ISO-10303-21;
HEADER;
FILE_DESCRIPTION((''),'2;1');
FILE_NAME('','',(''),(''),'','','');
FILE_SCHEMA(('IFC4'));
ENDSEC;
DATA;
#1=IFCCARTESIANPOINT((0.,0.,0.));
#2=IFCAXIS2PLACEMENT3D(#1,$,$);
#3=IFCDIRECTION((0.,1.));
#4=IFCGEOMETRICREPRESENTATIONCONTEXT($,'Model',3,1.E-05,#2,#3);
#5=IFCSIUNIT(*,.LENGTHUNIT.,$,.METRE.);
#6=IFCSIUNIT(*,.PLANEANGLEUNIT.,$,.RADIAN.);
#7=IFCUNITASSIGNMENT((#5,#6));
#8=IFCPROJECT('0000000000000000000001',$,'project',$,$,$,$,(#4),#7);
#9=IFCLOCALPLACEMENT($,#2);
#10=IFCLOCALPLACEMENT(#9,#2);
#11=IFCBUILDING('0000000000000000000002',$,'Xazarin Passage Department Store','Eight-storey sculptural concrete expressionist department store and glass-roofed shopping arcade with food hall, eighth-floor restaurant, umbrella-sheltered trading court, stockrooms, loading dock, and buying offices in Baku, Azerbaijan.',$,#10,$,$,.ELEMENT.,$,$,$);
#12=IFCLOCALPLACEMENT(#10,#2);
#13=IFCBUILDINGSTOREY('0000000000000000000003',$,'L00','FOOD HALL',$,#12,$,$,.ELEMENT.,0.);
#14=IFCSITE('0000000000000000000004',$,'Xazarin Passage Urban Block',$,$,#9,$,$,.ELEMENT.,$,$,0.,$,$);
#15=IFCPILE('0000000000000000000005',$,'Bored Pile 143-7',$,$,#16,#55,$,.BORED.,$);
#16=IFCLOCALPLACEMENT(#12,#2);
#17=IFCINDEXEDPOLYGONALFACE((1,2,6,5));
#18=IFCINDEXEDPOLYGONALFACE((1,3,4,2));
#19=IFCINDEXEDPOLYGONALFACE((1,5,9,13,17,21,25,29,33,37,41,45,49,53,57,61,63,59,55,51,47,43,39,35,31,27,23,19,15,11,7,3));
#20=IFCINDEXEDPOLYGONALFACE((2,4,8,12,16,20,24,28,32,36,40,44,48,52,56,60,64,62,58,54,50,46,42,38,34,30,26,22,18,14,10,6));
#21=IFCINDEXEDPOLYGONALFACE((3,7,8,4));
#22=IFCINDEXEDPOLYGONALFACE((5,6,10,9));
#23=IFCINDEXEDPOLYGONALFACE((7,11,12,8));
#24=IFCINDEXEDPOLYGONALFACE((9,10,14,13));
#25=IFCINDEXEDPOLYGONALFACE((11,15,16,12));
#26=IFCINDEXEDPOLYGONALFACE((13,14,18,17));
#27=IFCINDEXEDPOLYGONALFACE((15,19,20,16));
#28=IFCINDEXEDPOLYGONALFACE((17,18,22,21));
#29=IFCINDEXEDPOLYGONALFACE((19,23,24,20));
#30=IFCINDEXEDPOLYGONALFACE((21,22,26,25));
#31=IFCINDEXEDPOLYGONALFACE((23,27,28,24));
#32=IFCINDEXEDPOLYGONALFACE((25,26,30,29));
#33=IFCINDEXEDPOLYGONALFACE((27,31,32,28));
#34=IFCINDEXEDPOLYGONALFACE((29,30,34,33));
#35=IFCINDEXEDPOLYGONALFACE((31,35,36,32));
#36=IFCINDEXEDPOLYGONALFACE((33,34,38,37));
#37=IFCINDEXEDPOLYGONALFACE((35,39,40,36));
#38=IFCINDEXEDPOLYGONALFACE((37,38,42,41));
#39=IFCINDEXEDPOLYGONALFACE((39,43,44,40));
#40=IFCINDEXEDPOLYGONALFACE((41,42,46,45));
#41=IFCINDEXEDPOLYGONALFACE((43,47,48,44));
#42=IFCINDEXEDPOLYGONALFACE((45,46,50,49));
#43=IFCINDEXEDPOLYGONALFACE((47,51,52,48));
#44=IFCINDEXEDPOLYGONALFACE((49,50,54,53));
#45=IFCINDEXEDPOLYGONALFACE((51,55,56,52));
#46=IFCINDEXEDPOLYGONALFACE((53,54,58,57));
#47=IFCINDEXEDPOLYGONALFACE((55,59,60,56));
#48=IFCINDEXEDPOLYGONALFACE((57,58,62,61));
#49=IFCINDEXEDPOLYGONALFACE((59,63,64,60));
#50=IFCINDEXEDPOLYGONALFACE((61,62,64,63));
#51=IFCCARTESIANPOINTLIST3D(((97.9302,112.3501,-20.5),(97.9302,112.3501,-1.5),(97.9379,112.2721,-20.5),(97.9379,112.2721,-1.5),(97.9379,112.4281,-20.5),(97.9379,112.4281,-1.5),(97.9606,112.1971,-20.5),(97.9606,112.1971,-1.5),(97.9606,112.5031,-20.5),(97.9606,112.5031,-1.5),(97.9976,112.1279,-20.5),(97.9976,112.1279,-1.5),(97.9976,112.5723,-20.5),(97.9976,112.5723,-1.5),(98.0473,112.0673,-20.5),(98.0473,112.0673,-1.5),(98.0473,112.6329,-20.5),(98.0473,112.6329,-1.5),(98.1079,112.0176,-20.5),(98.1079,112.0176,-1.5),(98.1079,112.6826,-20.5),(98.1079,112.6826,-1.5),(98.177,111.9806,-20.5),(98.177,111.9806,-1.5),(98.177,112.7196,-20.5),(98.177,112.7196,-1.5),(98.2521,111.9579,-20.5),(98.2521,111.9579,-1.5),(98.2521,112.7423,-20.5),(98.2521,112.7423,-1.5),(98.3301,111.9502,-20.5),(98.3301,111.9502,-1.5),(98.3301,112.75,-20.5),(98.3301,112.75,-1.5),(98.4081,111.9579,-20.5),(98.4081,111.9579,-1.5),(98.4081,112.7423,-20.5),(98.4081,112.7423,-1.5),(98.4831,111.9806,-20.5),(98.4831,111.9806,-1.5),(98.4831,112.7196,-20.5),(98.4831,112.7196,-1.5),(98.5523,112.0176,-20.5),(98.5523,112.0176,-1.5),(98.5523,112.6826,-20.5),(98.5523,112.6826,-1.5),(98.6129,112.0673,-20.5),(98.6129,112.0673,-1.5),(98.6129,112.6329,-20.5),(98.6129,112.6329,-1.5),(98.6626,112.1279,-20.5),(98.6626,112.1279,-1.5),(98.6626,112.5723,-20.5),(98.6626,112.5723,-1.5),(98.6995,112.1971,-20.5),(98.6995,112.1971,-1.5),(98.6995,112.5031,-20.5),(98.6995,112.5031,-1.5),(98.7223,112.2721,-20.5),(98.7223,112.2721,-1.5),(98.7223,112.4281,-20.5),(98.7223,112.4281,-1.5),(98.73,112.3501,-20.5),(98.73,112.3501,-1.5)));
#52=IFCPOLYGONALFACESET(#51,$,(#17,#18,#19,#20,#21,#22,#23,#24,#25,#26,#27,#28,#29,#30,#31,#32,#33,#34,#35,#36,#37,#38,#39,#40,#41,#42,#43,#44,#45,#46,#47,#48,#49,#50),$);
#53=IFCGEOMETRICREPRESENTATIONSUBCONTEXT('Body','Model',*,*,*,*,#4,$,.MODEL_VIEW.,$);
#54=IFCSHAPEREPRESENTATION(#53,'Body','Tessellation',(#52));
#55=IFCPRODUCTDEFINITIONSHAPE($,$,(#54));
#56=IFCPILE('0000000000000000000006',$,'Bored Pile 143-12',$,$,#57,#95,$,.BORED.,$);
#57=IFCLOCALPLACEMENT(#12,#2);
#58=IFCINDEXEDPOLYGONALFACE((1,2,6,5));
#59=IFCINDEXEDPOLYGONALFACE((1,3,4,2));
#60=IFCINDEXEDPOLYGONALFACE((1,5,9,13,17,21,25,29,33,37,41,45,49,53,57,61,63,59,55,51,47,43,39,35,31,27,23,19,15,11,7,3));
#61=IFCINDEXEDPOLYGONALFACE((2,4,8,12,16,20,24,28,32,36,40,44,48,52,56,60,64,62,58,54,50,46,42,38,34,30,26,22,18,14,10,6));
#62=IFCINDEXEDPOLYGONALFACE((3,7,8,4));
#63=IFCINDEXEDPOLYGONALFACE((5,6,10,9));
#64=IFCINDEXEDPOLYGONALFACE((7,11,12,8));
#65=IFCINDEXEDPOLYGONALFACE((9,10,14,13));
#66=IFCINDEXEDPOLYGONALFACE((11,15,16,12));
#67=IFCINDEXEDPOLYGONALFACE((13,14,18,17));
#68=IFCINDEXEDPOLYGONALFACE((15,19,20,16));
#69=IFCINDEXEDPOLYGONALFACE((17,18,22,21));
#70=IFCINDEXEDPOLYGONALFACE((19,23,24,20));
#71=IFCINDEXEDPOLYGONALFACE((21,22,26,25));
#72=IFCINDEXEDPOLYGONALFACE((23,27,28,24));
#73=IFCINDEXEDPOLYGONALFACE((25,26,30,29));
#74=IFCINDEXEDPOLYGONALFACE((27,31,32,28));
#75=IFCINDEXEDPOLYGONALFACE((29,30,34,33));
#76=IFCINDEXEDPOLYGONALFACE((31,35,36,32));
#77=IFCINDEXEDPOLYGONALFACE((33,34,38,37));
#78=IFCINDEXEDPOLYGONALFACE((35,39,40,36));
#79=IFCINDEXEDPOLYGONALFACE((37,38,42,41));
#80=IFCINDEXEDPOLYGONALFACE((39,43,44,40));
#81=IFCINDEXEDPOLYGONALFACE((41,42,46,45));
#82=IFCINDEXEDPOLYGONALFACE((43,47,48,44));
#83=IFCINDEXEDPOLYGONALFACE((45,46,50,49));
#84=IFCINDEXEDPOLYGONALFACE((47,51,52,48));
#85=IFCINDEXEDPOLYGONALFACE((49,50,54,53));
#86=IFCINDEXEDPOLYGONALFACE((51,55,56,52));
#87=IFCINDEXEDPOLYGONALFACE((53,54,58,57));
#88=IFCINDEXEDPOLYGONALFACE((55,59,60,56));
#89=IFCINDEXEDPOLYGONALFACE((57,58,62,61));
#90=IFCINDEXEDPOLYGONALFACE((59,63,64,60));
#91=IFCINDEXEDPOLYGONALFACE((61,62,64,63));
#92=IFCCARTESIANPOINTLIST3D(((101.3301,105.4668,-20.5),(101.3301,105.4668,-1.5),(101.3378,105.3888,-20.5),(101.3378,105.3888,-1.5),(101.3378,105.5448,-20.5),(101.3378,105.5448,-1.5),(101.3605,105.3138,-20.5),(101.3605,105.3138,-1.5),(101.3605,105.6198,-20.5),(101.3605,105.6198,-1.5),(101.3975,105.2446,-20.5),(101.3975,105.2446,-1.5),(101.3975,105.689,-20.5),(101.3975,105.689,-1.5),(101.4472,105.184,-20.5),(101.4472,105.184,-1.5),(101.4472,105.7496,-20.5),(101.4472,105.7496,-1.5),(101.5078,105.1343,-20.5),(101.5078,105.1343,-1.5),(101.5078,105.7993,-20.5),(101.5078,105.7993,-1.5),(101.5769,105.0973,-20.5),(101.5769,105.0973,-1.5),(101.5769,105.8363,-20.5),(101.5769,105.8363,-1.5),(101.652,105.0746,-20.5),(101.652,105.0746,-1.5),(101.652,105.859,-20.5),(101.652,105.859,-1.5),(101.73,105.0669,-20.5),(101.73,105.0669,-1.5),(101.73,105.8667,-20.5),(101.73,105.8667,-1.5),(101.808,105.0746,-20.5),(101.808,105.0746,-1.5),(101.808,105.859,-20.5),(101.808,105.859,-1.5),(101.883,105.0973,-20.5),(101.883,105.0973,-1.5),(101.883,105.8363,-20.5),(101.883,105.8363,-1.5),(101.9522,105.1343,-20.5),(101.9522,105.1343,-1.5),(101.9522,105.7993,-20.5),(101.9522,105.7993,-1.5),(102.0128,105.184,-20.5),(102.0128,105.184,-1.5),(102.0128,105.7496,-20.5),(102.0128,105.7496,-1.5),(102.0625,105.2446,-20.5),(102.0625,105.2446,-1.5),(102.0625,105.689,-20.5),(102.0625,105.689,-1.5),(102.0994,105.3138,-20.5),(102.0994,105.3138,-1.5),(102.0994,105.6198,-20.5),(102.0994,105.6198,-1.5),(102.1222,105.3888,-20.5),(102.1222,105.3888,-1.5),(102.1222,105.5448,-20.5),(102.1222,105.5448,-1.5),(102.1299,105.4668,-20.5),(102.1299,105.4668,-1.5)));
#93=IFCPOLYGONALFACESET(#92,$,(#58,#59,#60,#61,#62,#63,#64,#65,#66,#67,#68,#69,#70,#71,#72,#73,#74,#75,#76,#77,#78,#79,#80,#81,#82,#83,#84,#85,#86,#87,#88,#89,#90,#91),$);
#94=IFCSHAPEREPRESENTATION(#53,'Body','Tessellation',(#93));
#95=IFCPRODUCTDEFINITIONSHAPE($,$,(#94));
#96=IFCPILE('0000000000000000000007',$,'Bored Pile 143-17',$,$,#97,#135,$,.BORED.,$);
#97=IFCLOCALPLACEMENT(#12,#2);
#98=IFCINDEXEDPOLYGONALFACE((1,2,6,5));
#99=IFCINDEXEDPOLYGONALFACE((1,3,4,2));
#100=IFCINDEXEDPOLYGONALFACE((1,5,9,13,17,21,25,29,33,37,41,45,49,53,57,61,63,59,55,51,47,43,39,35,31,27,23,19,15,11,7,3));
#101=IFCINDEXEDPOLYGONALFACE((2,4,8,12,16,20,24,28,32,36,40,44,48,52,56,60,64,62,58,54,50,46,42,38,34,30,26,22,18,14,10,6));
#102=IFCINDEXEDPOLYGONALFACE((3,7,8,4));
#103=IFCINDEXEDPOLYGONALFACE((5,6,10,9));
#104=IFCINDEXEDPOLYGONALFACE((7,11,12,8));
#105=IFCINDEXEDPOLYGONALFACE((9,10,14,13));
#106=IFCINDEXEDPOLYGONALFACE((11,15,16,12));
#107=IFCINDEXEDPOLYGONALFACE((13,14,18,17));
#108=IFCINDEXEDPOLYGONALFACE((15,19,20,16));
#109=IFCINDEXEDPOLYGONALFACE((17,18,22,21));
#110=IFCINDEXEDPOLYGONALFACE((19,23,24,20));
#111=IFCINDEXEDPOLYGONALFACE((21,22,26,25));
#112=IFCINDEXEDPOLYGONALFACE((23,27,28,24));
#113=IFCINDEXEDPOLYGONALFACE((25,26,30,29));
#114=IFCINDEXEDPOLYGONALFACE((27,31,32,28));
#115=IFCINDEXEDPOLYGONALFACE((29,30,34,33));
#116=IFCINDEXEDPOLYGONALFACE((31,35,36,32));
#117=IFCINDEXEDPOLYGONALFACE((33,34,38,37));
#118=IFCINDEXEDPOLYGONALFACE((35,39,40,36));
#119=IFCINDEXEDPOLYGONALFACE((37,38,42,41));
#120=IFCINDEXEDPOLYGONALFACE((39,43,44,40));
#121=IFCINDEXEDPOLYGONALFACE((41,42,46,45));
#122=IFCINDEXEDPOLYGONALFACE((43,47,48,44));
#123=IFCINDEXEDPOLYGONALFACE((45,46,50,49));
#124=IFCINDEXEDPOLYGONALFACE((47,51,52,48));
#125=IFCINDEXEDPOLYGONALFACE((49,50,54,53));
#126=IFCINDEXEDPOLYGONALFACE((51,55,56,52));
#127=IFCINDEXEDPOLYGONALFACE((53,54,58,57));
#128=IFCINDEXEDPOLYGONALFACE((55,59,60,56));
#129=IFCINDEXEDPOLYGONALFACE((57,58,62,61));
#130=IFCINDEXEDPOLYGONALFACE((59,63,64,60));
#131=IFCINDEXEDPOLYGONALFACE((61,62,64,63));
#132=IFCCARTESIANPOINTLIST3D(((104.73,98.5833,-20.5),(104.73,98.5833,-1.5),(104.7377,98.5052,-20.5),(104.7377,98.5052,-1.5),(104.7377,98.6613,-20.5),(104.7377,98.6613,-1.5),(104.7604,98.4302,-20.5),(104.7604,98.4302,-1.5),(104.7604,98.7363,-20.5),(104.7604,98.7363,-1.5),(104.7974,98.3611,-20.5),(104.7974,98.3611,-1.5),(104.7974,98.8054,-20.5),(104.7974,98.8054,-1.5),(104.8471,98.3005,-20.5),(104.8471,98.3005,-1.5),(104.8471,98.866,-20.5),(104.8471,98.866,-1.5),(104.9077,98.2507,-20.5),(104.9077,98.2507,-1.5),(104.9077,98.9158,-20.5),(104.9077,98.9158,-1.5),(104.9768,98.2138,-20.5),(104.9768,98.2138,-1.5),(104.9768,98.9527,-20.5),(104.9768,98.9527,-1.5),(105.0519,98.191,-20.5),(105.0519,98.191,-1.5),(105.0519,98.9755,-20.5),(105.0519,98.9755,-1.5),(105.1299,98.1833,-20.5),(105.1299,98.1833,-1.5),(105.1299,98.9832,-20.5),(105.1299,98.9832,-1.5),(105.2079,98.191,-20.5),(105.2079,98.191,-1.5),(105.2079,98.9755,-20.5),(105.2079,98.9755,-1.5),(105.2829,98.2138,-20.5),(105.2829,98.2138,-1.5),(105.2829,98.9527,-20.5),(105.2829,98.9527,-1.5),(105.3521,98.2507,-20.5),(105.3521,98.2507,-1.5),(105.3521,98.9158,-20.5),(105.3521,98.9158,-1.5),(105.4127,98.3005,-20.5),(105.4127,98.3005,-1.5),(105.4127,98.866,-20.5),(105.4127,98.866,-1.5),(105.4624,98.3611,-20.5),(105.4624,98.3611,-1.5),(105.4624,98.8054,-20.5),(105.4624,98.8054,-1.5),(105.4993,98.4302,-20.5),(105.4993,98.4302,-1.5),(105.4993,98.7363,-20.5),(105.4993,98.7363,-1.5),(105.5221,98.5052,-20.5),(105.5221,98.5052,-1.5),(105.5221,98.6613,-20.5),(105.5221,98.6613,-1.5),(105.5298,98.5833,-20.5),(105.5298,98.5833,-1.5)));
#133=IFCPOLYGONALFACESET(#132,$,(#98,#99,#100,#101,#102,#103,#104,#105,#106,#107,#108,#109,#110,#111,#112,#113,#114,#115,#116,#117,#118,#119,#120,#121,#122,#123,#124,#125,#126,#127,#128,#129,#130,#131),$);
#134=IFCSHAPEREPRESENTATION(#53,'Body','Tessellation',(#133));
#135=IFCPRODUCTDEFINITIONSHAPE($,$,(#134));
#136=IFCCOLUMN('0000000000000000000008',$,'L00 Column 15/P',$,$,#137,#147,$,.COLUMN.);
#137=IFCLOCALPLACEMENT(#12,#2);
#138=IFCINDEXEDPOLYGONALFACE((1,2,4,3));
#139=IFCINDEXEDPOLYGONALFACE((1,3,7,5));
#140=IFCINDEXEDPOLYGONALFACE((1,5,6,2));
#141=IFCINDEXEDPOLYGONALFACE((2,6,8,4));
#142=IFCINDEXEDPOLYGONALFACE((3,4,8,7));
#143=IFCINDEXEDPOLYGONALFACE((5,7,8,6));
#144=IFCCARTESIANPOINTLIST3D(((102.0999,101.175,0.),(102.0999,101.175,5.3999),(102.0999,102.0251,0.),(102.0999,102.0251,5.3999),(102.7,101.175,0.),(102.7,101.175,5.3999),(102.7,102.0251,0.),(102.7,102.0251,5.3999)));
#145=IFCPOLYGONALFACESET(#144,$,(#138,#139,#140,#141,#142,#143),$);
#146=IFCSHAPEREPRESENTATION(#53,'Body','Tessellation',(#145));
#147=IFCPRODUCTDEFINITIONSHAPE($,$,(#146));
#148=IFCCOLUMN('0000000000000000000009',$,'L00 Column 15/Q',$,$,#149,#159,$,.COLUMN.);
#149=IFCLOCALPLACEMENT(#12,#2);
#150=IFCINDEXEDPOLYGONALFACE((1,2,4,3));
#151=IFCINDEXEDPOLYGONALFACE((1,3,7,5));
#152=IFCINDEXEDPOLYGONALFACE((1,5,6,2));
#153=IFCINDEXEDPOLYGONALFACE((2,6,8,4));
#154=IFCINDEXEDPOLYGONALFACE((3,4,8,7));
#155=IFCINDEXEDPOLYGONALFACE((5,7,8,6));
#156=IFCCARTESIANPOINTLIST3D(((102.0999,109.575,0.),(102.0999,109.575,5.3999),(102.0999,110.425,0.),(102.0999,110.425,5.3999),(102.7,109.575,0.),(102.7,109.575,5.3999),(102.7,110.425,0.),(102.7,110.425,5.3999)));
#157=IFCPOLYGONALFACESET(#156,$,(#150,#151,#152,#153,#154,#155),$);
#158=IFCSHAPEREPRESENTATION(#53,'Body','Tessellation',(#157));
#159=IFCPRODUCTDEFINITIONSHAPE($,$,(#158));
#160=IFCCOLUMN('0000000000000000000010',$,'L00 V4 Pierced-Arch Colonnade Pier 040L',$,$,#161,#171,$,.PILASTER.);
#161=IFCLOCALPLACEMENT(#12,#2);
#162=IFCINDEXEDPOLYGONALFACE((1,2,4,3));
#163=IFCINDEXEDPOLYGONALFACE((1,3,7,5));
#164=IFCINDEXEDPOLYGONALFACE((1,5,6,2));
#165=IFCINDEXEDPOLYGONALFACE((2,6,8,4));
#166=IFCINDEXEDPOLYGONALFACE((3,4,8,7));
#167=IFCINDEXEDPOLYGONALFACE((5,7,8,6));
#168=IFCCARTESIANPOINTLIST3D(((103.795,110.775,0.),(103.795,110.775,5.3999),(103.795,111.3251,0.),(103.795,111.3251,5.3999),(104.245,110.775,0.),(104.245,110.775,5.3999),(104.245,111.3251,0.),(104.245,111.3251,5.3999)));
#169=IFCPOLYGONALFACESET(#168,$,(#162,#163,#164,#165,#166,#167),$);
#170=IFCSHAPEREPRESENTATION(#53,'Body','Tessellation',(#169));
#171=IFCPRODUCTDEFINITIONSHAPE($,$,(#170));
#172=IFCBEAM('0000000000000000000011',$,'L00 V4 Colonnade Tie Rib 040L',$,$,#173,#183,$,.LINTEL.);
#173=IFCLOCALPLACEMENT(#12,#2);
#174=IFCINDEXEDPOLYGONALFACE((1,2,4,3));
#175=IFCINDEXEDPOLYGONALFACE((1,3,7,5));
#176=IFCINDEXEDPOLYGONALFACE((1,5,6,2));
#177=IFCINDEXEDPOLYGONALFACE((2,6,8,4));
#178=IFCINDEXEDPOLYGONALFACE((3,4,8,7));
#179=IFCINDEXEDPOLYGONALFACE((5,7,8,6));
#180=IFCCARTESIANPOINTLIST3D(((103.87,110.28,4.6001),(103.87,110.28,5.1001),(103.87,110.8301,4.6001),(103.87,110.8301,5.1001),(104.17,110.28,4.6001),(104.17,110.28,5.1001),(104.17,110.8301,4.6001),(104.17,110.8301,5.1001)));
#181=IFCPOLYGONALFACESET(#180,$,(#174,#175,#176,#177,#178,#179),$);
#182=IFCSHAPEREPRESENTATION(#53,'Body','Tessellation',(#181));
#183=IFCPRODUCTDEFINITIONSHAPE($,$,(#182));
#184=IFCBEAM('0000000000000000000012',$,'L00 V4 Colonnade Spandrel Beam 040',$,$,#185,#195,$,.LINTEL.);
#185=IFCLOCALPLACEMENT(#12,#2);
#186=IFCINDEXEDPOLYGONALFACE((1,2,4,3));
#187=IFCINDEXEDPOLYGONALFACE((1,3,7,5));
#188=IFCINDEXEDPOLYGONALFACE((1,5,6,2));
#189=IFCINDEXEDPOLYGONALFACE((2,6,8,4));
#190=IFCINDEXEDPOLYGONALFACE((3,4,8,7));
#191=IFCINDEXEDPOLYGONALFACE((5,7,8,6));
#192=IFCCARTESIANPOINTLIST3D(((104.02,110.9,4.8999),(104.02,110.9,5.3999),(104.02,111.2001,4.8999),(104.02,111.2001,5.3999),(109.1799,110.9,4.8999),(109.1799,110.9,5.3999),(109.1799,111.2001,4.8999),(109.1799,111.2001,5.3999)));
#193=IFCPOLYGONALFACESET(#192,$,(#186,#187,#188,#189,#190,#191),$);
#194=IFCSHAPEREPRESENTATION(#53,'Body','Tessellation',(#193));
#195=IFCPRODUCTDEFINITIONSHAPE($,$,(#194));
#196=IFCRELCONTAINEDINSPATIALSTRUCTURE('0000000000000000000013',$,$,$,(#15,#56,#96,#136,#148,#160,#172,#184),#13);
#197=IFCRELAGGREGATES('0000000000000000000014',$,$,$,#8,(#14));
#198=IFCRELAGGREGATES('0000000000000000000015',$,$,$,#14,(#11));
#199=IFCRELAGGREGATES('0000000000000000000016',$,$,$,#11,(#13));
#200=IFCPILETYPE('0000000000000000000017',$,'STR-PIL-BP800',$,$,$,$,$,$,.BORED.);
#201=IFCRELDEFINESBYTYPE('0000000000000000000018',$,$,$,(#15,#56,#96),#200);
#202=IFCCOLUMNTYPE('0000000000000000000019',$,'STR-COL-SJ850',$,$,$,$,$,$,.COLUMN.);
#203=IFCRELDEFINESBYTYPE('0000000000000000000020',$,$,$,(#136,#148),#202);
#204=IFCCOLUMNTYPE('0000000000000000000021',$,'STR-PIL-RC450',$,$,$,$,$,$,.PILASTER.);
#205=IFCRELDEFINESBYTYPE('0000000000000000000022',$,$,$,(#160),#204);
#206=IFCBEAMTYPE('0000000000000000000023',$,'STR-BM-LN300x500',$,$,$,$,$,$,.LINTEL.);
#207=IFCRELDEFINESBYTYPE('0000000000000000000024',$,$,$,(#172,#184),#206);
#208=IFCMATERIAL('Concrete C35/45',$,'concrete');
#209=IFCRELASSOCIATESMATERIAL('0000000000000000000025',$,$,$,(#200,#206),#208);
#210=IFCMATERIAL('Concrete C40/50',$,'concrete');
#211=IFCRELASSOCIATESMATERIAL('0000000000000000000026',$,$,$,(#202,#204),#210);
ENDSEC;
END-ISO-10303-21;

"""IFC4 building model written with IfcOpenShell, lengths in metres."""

from ifc_helpers import new_model, si_unit, direction, frame, origin, origin_2d, place, context, subcontext, project, spatial, rectangle, circle, extrude, material, material_profile, profile_set, type_object, element, save


model = new_model("IFC4")

# Units and contexts
model_context = context("Model", 3, precision=1e-05, world=origin(), true_north=direction((0.0, 1.0)))
body_context = subcontext(model_context, "Body", "Model", "MODEL_VIEW")
ifc_project = project(units=[si_unit("LENGTHUNIT", "METRE"), si_unit("PLANEANGLEUNIT", "RADIAN")], contexts=[model_context])

# Site, building, storey
site_placement = place(None, origin())
site = spatial("IfcSite", under=ifc_project, at=site_placement, Name="Xazarin Passage Urban Block", CompositionType="ELEMENT", RefElevation=0.0)
building_placement = place(site_placement, origin())
building = spatial("IfcBuilding", under=site, at=building_placement, Name="Xazarin Passage Department Store", Description="Eight-storey sculptural concrete expressionist department store and glass-roofed shopping arcade with food hall, eighth-floor restaurant, umbrella-sheltered trading court, stockrooms, loading dock, and buying offices in Baku, Azerbaijan.", CompositionType="ELEMENT")
storey_placement = place(building_placement, origin())
storey = spatial("IfcBuildingStorey", under=building, at=storey_placement, Name="L00", Description="FOOD HALL", CompositionType="ELEMENT", Elevation=0.0)

# Piles
ifc_material_1 = material(Name="Concrete C35/45", Category="concrete")
ifc_material_profile_1 = material_profile(ifc_material_1, circle(Radius=0.3999, at=origin_2d()), Name="BP 800")
ifc_profile_set_1 = profile_set([ifc_material_profile_1], Name="Concrete C35/45")
pile_type_1 = type_object("IfcPileType", Name="STR-PIL-BP800", PredefinedType="BORED", material=ifc_profile_set_1)
for number, where, z_axis, x_axis, name in (
    (1, (98.3301, 112.3501, -1.5), (0.0, 0.0, -1.0), (1.0, 0.0, 0.0), "Bored Pile 143-7"),
    (2, (101.73, 105.4668, -1.5), (0.0, 0.0, -1.0), (1.0, 0.0, 0.0), "Bored Pile 143-12"),
    (3, (105.1299, 98.5833, -1.5), (0.0, 0.0, -1.0), (1.0, 0.0, 0.0), "Bored Pile 143-17"),
):
    element("IfcPile", number, at=place(storey_placement, frame(where, z_axis=z_axis, x_axis=x_axis)), inside=storey, type_object=pile_type_1, Name=name, PredefinedType="BORED", context=body_context, shape_type="SweptSolid", body=[
        extrude(circle(Radius=0.3999, at=origin_2d()), origin(), (0.0, 0.0, 1.0), 19.0),
    ])

# Columns
ifc_material_2 = material(Name="Concrete C40/50", Category="concrete")
ifc_material_profile_2 = material_profile(ifc_material_2, rectangle(XDim=0.6001, YDim=0.8501, at=origin_2d()), Name="RC 600x850")
ifc_profile_set_2 = profile_set([ifc_material_profile_2], Name="Concrete C40/50")
column_type_1 = type_object("IfcColumnType", Name="STR-COL-SJ850", PredefinedType="COLUMN", material=ifc_profile_set_2)
for number, where, z_axis, x_axis, name in (
    (4, (102.3999, 101.6001, 0.0), (0.0, 0.0, 1.0), (1.0, 0.0, 0.0), "L00 Column 15/P"),
    (5, (102.3999, 110.0, 0.0), (0.0, 0.0, 1.0), (1.0, 0.0, 0.0), "L00 Column 15/Q"),
):
    element("IfcColumn", number, at=place(storey_placement, frame(where, z_axis=z_axis, x_axis=x_axis)), inside=storey, type_object=column_type_1, Name=name, PredefinedType="COLUMN", context=body_context, shape_type="SweptSolid", body=[
        extrude(rectangle(XDim=0.6001, YDim=0.8501, at=origin_2d()), origin(), (0.0, 0.0, 1.0), 5.3999),
    ])
ifc_material_profile_3 = material_profile(ifc_material_2, rectangle(XDim=0.45, YDim=0.55, at=origin_2d()), Name="RC 450x550")
ifc_profile_set_3 = profile_set([ifc_material_profile_3], Name="Concrete C40/50")
column_type_2 = type_object("IfcColumnType", Name="STR-PIL-RC450", PredefinedType="PILASTER", material=ifc_profile_set_3)
column_placement = place(storey_placement, frame((104.02, 111.05, 0.0), z_axis=(0.0, 0.0, 1.0), x_axis=(1.0, 0.0, 0.0)))
element("IfcColumn", 6, at=column_placement, inside=storey, type_object=column_type_2, Name="L00 V4 Pierced-Arch Colonnade Pier 040L", PredefinedType="PILASTER", context=body_context, shape_type="SweptSolid", body=[
    extrude(rectangle(XDim=0.45, YDim=0.55, at=origin_2d()), origin(), (0.0, 0.0, 1.0), 5.3999),
])

# Beams
ifc_material_profile_4 = material_profile(ifc_material_1, rectangle(XDim=0.3, YDim=0.5, at=origin_2d()), Name="RC 300x500")
ifc_profile_set_4 = profile_set([ifc_material_profile_4], Name="Concrete C35/45")
beam_type = type_object("IfcBeamType", Name="STR-BM-LN300x500", PredefinedType="LINTEL", material=ifc_profile_set_4)
beam_1_placement = place(storey_placement, frame((104.02, 110.28, 4.8501), z_axis=(0.0, 1.0, 0.0), x_axis=(-1.0, 0.0, 0.0)))
element("IfcBeam", 7, at=beam_1_placement, inside=storey, type_object=beam_type, Name="L00 V4 Colonnade Tie Rib 040L", PredefinedType="LINTEL", context=body_context, shape_type="SweptSolid", body=[
    extrude(rectangle(XDim=0.3, YDim=0.5, at=origin_2d()), origin(), (0.0, 0.0, 1.0), 0.55),
])
beam_2_placement = place(storey_placement, frame((104.02, 111.05, 5.1499), z_axis=(1.0, 0.0, 0.0), x_axis=(0.0, 1.0, 0.0)))
element("IfcBeam", 8, at=beam_2_placement, inside=storey, type_object=beam_type, Name="L00 V4 Colonnade Spandrel Beam 040", PredefinedType="LINTEL", context=body_context, shape_type="SweptSolid", body=[
    extrude(rectangle(XDim=0.3, YDim=0.5, at=origin_2d()), origin(), (0.0, 0.0, 1.0), 5.1599),
])

save(model, "model.ifc")
